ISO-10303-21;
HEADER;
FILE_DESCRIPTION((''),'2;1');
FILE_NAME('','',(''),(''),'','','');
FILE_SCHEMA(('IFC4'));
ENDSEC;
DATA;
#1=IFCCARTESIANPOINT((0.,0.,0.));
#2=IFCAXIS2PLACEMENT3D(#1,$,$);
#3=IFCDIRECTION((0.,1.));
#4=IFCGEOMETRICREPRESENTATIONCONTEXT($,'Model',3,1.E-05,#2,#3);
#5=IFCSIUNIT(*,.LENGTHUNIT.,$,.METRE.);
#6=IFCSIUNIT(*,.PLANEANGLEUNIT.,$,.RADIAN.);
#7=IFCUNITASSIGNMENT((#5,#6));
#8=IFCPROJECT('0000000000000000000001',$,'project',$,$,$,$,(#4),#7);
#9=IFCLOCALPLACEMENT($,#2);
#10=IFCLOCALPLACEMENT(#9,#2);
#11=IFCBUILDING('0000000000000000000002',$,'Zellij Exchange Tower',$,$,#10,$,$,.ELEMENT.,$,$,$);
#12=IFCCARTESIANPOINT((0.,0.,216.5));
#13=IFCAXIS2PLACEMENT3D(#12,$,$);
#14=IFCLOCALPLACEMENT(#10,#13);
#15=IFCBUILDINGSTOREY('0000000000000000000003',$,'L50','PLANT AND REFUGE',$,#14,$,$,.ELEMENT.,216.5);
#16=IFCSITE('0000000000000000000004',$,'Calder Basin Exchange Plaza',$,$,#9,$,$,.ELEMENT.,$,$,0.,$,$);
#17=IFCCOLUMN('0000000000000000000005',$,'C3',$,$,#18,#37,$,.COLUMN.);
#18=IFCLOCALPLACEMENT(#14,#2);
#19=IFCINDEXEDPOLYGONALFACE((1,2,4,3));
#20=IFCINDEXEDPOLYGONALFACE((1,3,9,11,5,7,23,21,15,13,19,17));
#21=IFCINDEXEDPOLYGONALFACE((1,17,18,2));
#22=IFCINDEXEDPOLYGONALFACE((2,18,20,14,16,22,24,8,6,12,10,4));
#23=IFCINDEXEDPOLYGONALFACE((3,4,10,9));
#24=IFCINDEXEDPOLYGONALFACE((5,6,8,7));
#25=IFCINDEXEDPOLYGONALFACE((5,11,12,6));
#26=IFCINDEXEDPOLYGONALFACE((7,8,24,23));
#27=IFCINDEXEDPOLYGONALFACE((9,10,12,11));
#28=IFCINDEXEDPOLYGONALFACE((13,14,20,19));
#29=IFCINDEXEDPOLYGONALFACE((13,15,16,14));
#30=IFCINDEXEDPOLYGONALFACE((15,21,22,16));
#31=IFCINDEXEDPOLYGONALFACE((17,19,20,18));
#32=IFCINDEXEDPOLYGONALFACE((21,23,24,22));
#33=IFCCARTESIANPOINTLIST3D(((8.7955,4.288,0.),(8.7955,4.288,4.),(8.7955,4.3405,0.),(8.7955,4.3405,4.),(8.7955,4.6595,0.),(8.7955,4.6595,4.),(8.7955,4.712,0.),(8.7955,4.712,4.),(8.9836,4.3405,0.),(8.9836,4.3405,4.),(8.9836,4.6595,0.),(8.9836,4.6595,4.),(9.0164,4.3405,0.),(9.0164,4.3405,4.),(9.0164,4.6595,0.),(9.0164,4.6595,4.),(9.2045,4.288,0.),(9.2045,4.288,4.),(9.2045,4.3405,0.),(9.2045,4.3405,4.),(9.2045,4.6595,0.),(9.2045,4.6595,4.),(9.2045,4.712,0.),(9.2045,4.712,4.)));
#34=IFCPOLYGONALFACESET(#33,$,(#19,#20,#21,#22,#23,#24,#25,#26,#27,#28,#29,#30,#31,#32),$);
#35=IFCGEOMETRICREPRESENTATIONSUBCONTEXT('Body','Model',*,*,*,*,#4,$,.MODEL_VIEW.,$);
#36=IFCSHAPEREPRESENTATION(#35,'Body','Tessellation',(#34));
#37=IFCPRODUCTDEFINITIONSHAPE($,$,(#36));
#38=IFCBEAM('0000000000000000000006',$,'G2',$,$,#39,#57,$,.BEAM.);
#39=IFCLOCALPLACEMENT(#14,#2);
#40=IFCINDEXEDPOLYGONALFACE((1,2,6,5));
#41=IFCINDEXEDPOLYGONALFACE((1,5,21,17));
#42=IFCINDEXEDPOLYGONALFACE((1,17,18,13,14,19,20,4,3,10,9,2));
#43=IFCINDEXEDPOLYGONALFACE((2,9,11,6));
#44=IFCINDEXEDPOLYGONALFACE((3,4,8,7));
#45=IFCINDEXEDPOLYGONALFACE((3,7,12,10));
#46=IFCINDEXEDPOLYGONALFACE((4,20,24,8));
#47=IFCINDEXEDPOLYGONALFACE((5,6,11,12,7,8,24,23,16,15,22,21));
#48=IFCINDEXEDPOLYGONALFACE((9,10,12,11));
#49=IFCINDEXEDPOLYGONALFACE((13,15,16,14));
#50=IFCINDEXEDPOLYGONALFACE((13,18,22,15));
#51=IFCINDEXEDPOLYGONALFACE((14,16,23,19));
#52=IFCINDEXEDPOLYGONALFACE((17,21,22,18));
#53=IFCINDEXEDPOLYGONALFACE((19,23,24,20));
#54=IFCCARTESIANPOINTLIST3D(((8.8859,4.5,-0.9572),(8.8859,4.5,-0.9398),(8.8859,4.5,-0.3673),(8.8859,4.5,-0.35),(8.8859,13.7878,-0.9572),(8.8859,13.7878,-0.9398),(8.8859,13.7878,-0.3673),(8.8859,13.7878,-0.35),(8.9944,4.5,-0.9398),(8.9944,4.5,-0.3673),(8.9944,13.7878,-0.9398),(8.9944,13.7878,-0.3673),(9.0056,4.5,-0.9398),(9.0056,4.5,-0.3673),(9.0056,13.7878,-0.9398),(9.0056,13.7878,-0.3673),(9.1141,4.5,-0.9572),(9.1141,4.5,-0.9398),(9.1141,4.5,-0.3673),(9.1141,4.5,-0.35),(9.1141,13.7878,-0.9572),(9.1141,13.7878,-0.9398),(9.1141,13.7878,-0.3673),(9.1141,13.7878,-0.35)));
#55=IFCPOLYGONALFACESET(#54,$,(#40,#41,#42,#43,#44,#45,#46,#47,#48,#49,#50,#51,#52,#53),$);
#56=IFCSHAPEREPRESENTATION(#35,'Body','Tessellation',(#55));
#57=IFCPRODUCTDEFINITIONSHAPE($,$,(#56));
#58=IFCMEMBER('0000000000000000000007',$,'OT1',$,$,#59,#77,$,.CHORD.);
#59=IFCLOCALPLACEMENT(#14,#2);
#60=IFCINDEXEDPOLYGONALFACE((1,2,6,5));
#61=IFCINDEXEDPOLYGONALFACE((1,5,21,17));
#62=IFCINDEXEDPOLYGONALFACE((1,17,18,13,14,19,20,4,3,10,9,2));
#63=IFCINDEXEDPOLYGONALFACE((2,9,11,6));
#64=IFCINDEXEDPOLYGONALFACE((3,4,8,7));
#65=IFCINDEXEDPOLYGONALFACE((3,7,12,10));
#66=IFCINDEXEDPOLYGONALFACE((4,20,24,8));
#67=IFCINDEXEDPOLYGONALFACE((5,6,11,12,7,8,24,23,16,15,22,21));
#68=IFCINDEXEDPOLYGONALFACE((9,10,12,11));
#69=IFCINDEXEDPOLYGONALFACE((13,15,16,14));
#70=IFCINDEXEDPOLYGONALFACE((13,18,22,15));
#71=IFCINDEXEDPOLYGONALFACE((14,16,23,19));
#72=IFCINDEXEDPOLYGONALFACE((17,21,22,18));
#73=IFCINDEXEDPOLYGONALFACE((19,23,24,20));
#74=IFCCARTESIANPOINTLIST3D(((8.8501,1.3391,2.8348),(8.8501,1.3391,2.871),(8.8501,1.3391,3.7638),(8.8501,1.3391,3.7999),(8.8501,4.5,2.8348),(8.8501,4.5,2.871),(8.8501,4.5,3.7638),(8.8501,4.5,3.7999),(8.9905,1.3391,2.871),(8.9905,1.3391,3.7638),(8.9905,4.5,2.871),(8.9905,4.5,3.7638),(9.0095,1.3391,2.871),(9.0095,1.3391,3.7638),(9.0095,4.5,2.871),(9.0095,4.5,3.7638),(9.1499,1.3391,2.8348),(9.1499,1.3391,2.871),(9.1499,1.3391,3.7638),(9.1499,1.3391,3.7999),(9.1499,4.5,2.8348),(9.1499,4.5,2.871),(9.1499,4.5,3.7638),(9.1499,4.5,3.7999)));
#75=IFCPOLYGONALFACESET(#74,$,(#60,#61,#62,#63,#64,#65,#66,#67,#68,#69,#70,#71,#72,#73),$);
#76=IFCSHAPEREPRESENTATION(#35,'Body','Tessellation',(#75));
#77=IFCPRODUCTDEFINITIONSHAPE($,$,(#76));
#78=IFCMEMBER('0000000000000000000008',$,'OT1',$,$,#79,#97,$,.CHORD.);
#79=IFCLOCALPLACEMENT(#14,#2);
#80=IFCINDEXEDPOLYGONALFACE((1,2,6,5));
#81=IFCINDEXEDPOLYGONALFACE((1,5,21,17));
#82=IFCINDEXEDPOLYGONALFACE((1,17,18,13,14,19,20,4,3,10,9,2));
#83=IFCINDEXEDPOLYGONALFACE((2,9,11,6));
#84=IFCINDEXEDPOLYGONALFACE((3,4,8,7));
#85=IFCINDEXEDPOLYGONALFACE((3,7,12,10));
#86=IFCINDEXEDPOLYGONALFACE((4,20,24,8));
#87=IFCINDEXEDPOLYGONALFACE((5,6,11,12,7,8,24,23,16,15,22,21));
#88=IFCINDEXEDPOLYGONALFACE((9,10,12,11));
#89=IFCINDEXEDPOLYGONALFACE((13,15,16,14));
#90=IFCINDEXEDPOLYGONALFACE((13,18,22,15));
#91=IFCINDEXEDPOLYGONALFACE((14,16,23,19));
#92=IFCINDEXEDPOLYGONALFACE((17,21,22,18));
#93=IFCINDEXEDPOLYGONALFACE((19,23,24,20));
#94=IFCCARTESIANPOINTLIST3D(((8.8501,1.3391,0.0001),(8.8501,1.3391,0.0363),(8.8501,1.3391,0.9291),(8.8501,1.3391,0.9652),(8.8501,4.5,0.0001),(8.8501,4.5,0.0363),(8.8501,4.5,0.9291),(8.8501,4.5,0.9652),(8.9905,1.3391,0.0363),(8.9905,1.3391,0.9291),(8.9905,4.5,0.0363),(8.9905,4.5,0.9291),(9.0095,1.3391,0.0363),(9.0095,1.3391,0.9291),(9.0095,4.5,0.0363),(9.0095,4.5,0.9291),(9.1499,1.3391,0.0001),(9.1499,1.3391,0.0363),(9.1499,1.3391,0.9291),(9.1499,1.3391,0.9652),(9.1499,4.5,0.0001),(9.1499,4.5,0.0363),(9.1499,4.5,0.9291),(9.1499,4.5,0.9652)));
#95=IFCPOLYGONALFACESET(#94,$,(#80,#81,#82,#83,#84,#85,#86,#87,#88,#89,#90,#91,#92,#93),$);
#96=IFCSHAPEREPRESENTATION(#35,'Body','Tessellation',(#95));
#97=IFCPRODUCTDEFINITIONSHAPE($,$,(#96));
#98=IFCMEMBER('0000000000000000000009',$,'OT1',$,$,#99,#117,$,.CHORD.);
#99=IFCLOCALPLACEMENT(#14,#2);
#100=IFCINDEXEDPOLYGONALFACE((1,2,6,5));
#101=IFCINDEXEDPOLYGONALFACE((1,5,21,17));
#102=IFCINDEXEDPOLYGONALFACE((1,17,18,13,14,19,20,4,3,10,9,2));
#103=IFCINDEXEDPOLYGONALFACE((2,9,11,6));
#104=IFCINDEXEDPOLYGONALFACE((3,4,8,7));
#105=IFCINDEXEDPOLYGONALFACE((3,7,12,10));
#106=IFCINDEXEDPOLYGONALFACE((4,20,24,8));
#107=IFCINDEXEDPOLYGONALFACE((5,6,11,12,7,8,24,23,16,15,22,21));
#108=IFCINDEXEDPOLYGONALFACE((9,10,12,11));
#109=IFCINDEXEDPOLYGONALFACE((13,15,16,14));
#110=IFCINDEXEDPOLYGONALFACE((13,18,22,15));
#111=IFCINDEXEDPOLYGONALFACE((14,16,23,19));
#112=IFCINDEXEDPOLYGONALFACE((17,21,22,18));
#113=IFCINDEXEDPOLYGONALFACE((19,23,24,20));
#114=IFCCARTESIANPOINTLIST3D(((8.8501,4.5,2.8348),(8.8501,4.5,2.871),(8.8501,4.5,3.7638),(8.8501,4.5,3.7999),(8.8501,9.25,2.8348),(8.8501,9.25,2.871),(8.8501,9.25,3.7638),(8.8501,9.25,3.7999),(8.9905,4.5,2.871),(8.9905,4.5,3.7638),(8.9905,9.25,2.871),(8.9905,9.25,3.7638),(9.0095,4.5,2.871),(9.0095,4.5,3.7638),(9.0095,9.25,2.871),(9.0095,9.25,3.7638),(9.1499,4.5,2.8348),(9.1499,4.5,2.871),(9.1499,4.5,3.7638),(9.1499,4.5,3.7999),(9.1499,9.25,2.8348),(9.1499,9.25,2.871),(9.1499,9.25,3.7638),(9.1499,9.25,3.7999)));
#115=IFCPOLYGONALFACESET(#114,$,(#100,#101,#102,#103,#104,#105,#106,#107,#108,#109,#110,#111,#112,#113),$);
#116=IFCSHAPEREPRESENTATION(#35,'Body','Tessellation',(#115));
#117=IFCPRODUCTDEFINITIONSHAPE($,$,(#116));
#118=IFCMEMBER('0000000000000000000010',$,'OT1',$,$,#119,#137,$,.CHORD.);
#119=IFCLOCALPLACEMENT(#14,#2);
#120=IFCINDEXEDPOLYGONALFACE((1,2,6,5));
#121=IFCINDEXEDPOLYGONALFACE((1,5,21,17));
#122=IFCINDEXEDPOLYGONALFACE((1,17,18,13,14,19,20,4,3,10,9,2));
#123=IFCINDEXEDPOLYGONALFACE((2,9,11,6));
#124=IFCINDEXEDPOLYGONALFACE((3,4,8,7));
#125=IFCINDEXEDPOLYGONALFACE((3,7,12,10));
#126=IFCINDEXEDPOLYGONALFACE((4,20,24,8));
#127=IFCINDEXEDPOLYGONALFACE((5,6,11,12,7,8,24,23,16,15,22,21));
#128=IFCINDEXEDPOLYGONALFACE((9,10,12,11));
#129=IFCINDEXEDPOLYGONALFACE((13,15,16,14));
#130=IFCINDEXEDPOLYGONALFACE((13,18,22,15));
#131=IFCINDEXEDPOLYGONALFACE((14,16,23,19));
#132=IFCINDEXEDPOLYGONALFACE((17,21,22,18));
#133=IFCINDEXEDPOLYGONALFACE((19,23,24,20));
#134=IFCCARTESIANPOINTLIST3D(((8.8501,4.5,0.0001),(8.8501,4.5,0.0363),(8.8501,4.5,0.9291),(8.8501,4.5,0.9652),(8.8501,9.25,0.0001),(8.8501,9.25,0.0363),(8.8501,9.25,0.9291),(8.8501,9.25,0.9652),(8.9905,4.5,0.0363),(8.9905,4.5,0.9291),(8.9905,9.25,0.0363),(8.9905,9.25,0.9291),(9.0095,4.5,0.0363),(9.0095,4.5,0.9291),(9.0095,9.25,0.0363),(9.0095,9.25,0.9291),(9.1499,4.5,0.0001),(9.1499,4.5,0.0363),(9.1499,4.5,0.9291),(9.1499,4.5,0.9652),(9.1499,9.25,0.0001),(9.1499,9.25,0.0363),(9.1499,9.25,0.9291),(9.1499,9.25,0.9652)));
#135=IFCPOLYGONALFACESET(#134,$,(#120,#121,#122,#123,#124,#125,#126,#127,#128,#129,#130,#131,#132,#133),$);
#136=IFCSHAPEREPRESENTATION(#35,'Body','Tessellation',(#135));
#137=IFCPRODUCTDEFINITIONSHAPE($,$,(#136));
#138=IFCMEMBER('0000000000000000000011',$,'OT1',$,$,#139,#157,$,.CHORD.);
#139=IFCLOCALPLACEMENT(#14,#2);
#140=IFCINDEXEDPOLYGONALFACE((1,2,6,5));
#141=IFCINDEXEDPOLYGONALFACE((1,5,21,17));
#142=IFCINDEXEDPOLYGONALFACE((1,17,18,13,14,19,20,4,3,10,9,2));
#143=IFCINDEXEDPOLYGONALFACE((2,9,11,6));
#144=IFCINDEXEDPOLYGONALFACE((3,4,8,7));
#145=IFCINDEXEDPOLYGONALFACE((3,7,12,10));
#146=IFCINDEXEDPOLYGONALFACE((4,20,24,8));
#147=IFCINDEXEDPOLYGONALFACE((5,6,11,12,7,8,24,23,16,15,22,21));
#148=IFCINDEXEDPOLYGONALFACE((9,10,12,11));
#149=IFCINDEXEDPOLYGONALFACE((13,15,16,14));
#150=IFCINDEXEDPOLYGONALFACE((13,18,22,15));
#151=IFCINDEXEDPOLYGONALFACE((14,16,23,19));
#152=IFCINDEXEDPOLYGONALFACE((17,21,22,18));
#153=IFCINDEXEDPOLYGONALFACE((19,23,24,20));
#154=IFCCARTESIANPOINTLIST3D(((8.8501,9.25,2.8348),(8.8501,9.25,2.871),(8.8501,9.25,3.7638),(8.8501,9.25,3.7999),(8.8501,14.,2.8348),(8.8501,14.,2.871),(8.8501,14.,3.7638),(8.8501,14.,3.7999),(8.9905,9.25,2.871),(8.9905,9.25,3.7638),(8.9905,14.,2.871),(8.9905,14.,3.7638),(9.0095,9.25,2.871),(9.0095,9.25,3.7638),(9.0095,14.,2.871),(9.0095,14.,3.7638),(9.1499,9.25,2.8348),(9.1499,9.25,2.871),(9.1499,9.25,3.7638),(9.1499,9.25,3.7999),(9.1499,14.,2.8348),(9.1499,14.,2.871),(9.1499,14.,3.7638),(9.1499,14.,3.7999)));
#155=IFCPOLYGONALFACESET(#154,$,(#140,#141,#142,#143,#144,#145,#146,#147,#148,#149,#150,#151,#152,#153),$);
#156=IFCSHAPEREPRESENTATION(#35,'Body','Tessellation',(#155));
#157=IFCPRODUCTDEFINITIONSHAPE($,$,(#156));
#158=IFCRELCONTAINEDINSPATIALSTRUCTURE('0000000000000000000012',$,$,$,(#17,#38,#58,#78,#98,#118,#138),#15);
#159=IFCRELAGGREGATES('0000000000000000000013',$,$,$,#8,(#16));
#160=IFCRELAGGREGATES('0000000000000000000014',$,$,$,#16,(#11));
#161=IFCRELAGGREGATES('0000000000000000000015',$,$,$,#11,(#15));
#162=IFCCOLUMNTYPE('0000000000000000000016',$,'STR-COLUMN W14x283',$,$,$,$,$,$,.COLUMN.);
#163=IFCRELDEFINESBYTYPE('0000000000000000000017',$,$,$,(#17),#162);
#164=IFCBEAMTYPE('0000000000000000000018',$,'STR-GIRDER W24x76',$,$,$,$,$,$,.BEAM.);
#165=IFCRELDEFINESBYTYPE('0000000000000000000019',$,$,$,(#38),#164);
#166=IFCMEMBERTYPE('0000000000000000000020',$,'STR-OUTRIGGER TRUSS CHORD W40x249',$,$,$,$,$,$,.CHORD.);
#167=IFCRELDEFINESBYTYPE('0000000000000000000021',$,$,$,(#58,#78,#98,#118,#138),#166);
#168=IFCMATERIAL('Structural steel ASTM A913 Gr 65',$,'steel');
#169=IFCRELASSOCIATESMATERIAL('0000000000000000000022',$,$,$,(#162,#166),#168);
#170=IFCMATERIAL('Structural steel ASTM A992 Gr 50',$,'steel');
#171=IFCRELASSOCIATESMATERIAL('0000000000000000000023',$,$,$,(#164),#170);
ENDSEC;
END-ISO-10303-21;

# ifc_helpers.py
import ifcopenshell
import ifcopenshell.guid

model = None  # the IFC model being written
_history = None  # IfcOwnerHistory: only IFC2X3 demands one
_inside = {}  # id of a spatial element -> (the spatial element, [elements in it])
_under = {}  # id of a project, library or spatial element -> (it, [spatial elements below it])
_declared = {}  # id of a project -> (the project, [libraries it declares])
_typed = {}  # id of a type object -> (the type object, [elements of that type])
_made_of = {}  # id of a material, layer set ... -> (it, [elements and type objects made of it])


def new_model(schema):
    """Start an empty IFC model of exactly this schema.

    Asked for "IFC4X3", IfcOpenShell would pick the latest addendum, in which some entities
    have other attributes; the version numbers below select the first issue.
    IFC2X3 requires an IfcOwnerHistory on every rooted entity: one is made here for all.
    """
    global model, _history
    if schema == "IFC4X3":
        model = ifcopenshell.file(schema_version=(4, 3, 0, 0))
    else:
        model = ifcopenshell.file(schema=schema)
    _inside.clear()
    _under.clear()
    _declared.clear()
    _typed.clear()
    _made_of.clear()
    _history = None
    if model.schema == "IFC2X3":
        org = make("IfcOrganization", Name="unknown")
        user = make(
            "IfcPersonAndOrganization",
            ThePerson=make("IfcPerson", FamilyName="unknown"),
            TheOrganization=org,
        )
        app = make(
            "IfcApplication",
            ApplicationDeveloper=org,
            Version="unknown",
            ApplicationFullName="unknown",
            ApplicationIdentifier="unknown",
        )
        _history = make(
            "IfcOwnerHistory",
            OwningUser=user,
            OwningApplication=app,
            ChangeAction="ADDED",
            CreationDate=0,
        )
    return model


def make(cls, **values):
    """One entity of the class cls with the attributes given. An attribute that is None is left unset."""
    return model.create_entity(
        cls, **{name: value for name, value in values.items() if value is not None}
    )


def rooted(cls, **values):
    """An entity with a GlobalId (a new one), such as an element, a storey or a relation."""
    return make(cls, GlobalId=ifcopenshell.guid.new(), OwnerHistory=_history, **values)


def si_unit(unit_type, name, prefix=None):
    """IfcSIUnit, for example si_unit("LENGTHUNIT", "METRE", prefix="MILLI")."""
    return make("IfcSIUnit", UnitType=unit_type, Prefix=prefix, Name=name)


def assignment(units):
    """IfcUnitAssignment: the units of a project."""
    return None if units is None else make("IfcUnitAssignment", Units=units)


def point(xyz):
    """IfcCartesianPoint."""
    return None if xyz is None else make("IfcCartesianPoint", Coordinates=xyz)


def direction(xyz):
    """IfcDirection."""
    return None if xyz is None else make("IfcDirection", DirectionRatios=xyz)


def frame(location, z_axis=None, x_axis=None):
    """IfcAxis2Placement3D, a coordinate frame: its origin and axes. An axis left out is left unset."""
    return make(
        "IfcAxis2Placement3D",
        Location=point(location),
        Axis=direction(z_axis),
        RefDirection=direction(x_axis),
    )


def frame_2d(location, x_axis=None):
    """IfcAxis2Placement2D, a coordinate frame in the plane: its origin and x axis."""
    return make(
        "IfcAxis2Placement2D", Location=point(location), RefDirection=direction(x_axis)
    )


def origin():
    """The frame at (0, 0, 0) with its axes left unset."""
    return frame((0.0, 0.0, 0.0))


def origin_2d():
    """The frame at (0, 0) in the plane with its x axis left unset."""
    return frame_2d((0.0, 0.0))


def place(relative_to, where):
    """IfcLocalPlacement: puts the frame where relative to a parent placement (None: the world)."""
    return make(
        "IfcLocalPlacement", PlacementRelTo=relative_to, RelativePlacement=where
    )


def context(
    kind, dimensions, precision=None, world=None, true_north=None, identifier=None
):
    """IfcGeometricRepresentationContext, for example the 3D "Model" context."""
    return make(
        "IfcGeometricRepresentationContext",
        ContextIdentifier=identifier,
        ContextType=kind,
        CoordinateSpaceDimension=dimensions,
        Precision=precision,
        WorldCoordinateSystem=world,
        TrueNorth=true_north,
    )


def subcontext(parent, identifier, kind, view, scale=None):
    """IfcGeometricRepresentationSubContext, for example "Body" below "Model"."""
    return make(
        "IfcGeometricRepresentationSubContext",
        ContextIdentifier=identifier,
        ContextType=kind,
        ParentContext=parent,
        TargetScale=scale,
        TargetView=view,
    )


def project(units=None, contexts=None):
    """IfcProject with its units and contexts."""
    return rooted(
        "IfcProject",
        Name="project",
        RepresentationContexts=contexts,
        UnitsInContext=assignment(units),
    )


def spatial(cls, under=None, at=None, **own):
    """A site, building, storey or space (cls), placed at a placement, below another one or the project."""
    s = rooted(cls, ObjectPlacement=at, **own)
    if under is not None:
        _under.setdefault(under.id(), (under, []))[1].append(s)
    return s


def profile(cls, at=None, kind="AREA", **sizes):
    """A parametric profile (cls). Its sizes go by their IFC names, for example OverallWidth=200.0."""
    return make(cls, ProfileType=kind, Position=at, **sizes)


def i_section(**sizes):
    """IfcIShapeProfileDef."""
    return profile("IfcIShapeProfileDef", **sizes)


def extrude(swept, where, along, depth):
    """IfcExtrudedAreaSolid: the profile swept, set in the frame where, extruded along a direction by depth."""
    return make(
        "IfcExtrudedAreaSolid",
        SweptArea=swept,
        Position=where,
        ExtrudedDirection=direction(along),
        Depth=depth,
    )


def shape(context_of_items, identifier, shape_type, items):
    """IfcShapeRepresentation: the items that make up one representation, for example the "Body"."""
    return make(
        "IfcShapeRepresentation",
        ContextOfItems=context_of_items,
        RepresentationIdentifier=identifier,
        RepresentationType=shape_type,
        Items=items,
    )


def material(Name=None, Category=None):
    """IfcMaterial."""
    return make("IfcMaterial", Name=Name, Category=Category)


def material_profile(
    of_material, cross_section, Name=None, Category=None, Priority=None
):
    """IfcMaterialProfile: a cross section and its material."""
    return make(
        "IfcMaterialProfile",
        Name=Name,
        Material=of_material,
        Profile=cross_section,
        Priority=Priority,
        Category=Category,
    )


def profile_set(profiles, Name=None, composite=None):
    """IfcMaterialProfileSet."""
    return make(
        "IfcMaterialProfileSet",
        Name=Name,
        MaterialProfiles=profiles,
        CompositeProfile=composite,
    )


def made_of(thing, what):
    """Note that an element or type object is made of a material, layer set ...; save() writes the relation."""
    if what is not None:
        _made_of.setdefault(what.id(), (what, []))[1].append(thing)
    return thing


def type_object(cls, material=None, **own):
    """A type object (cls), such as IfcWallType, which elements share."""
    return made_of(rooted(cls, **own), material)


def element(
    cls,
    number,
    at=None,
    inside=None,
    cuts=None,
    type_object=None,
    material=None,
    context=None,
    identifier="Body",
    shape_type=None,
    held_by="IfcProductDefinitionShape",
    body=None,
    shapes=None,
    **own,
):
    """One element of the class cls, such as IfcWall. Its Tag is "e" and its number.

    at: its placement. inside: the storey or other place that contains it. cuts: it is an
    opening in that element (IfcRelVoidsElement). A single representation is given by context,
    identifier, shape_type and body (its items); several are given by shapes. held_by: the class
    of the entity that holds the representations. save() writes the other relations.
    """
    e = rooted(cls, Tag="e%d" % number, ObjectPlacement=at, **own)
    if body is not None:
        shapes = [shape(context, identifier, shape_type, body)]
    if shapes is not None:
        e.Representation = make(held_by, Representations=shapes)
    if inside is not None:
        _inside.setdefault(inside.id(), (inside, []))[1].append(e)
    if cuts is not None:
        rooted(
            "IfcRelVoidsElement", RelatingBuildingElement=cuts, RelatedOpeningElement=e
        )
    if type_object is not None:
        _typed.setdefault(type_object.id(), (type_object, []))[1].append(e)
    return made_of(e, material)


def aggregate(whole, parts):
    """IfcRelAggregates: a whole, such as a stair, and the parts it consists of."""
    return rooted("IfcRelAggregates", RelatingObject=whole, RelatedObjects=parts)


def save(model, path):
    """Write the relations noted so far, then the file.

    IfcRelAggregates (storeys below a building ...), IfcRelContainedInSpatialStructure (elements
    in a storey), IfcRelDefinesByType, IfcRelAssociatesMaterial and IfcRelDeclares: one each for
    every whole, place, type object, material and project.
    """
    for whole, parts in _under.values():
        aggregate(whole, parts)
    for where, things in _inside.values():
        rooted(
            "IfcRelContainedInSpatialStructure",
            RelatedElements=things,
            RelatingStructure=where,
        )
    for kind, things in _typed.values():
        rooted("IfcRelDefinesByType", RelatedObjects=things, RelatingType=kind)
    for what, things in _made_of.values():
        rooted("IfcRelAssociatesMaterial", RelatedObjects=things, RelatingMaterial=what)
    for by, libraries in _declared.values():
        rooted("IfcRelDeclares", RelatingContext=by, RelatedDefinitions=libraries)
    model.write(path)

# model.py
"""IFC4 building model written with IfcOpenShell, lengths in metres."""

from ifc_helpers import new_model, si_unit, direction, frame, origin, origin_2d, place, context, subcontext, project, spatial, i_section, extrude, material, material_profile, profile_set, type_object, element, save


model = new_model("IFC4")

# Units and contexts
model_context = context("Model", 3, precision=1e-05, world=origin(), true_north=direction((0.0, 1.0)))
body_context = subcontext(model_context, "Body", "Model", "MODEL_VIEW")
ifc_project = project(units=[si_unit("LENGTHUNIT", "METRE"), si_unit("PLANEANGLEUNIT", "RADIAN")], contexts=[model_context])

# Site, building, storey
site_placement = place(None, origin())
site = spatial("IfcSite", under=ifc_project, at=site_placement, Name="Calder Basin Exchange Plaza", CompositionType="ELEMENT", RefElevation=0.0)
building_placement = place(site_placement, origin())
building = spatial("IfcBuilding", under=site, at=building_placement, Name="Zellij Exchange Tower", CompositionType="ELEMENT")
storey_placement = place(building_placement, frame((0.0, 0.0, 216.5)))
storey = spatial("IfcBuildingStorey", under=building, at=storey_placement, Name="L50", Description="PLANT AND REFUGE", CompositionType="ELEMENT", Elevation=216.5)

# Column
ifc_material_1 = material(Name="Structural steel ASTM A913 Gr 65", Category="steel")
ifc_material_profile_1 = material_profile(ifc_material_1, i_section(OverallWidth=0.4089, OverallDepth=0.4241, WebThickness=0.0327, FlangeThickness=0.0525, at=origin_2d()), Name="W14x283")
ifc_profile_set_1 = profile_set([ifc_material_profile_1], Name="Structural steel ASTM A913 Gr 65")
column_type = type_object("IfcColumnType", Name="STR-COLUMN W14x283", PredefinedType="COLUMN", material=ifc_profile_set_1)
column_placement = place(storey_placement, frame((9.0, 4.5, 0.0), z_axis=(0.0, 0.0, 1.0), x_axis=(1.0, 0.0, 0.0)))
element("IfcColumn", 1, at=column_placement, inside=storey, type_object=column_type, Name="C3", PredefinedType="COLUMN", context=body_context, shape_type="SweptSolid", body=[
    extrude(i_section(OverallWidth=0.4089, OverallDepth=0.4241, WebThickness=0.0327, FlangeThickness=0.0525, at=origin_2d()), origin(), (0.0, 0.0, 1.0), 4.0),
])

# Beam
ifc_material_2 = material(Name="Structural steel ASTM A992 Gr 50", Category="steel")
ifc_material_profile_2 = material_profile(ifc_material_2, i_section(OverallWidth=0.2283, OverallDepth=0.6072, WebThickness=0.0112, FlangeThickness=0.0173, at=origin_2d()), Name="W24x76")
ifc_profile_set_2 = profile_set([ifc_material_profile_2], Name="Structural steel ASTM A992 Gr 50")
beam_type = type_object("IfcBeamType", Name="STR-GIRDER W24x76", PredefinedType="BEAM", material=ifc_profile_set_2)
beam_placement = place(storey_placement, frame((9.0, 4.5, -0.6536), z_axis=(0.0, 1.0, 0.0), x_axis=(-1.0, 0.0, 0.0)))
element("IfcBeam", 2, at=beam_placement, inside=storey, type_object=beam_type, Name="G2", PredefinedType="BEAM", context=body_context, shape_type="SweptSolid", body=[
    extrude(i_section(OverallWidth=0.2283, OverallDepth=0.6072, WebThickness=0.0112, FlangeThickness=0.0173, at=origin_2d()), origin(), (0.0, 0.0, 1.0), 9.2878),
])

# Members
ifc_material_profile_3 = material_profile(ifc_material_1, i_section(OverallWidth=0.2998, OverallDepth=0.9651, WebThickness=0.019, FlangeThickness=0.0361, at=origin_2d()), Name="W40x249")
ifc_profile_set_3 = profile_set([ifc_material_profile_3], Name="Structural steel ASTM A913 Gr 65")
member_type_1 = type_object("IfcMemberType", Name="STR-OUTRIGGER TRUSS CHORD W40x249", PredefinedType="CHORD", material=ifc_profile_set_3)
for number, where, z_axis, x_axis, name in (
    (3, (9.0, 1.3391, 3.3174), (0.0, 1.0, 0.0), (-1.0, 0.0, 0.0), "OT1"),
    (4, (9.0, 1.3391, 0.4827), (0.0, 1.0, 0.0), (-1.0, 0.0, 0.0), "OT1"),
):
    element("IfcMember", number, at=place(storey_placement, frame(where, z_axis=z_axis, x_axis=x_axis)), inside=storey, type_object=member_type_1, Name=name, PredefinedType="CHORD", context=body_context, shape_type="SweptSolid", body=[
        extrude(i_section(OverallWidth=0.2998, OverallDepth=0.9651, WebThickness=0.019, FlangeThickness=0.0361, at=origin_2d()), origin(), (0.0, 0.0, 1.0), 3.1609),
    ])
for number, where, z_axis, x_axis, name in (
    (5, (9.0, 4.5, 3.3174), (0.0, 1.0, 0.0), (-1.0, 0.0, 0.0), "OT1"),
    (6, (9.0, 4.5, 0.4827), (0.0, 1.0, 0.0), (-1.0, 0.0, 0.0), "OT1"),
    (7, (9.0, 9.25, 3.3174), (0.0, 1.0, 0.0), (-1.0, 0.0, 0.0), "OT1"),
):
    element("IfcMember", number, at=place(storey_placement, frame(where, z_axis=z_axis, x_axis=x_axis)), inside=storey, type_object=member_type_1, Name=name, PredefinedType="CHORD", context=body_context, shape_type="SweptSolid", body=[
        extrude(i_section(OverallWidth=0.2998, OverallDepth=0.9651, WebThickness=0.019, FlangeThickness=0.0361, at=origin_2d()), origin(), (0.0, 0.0, 1.0), 4.75),
    ])

save(model, "model.ifc")
